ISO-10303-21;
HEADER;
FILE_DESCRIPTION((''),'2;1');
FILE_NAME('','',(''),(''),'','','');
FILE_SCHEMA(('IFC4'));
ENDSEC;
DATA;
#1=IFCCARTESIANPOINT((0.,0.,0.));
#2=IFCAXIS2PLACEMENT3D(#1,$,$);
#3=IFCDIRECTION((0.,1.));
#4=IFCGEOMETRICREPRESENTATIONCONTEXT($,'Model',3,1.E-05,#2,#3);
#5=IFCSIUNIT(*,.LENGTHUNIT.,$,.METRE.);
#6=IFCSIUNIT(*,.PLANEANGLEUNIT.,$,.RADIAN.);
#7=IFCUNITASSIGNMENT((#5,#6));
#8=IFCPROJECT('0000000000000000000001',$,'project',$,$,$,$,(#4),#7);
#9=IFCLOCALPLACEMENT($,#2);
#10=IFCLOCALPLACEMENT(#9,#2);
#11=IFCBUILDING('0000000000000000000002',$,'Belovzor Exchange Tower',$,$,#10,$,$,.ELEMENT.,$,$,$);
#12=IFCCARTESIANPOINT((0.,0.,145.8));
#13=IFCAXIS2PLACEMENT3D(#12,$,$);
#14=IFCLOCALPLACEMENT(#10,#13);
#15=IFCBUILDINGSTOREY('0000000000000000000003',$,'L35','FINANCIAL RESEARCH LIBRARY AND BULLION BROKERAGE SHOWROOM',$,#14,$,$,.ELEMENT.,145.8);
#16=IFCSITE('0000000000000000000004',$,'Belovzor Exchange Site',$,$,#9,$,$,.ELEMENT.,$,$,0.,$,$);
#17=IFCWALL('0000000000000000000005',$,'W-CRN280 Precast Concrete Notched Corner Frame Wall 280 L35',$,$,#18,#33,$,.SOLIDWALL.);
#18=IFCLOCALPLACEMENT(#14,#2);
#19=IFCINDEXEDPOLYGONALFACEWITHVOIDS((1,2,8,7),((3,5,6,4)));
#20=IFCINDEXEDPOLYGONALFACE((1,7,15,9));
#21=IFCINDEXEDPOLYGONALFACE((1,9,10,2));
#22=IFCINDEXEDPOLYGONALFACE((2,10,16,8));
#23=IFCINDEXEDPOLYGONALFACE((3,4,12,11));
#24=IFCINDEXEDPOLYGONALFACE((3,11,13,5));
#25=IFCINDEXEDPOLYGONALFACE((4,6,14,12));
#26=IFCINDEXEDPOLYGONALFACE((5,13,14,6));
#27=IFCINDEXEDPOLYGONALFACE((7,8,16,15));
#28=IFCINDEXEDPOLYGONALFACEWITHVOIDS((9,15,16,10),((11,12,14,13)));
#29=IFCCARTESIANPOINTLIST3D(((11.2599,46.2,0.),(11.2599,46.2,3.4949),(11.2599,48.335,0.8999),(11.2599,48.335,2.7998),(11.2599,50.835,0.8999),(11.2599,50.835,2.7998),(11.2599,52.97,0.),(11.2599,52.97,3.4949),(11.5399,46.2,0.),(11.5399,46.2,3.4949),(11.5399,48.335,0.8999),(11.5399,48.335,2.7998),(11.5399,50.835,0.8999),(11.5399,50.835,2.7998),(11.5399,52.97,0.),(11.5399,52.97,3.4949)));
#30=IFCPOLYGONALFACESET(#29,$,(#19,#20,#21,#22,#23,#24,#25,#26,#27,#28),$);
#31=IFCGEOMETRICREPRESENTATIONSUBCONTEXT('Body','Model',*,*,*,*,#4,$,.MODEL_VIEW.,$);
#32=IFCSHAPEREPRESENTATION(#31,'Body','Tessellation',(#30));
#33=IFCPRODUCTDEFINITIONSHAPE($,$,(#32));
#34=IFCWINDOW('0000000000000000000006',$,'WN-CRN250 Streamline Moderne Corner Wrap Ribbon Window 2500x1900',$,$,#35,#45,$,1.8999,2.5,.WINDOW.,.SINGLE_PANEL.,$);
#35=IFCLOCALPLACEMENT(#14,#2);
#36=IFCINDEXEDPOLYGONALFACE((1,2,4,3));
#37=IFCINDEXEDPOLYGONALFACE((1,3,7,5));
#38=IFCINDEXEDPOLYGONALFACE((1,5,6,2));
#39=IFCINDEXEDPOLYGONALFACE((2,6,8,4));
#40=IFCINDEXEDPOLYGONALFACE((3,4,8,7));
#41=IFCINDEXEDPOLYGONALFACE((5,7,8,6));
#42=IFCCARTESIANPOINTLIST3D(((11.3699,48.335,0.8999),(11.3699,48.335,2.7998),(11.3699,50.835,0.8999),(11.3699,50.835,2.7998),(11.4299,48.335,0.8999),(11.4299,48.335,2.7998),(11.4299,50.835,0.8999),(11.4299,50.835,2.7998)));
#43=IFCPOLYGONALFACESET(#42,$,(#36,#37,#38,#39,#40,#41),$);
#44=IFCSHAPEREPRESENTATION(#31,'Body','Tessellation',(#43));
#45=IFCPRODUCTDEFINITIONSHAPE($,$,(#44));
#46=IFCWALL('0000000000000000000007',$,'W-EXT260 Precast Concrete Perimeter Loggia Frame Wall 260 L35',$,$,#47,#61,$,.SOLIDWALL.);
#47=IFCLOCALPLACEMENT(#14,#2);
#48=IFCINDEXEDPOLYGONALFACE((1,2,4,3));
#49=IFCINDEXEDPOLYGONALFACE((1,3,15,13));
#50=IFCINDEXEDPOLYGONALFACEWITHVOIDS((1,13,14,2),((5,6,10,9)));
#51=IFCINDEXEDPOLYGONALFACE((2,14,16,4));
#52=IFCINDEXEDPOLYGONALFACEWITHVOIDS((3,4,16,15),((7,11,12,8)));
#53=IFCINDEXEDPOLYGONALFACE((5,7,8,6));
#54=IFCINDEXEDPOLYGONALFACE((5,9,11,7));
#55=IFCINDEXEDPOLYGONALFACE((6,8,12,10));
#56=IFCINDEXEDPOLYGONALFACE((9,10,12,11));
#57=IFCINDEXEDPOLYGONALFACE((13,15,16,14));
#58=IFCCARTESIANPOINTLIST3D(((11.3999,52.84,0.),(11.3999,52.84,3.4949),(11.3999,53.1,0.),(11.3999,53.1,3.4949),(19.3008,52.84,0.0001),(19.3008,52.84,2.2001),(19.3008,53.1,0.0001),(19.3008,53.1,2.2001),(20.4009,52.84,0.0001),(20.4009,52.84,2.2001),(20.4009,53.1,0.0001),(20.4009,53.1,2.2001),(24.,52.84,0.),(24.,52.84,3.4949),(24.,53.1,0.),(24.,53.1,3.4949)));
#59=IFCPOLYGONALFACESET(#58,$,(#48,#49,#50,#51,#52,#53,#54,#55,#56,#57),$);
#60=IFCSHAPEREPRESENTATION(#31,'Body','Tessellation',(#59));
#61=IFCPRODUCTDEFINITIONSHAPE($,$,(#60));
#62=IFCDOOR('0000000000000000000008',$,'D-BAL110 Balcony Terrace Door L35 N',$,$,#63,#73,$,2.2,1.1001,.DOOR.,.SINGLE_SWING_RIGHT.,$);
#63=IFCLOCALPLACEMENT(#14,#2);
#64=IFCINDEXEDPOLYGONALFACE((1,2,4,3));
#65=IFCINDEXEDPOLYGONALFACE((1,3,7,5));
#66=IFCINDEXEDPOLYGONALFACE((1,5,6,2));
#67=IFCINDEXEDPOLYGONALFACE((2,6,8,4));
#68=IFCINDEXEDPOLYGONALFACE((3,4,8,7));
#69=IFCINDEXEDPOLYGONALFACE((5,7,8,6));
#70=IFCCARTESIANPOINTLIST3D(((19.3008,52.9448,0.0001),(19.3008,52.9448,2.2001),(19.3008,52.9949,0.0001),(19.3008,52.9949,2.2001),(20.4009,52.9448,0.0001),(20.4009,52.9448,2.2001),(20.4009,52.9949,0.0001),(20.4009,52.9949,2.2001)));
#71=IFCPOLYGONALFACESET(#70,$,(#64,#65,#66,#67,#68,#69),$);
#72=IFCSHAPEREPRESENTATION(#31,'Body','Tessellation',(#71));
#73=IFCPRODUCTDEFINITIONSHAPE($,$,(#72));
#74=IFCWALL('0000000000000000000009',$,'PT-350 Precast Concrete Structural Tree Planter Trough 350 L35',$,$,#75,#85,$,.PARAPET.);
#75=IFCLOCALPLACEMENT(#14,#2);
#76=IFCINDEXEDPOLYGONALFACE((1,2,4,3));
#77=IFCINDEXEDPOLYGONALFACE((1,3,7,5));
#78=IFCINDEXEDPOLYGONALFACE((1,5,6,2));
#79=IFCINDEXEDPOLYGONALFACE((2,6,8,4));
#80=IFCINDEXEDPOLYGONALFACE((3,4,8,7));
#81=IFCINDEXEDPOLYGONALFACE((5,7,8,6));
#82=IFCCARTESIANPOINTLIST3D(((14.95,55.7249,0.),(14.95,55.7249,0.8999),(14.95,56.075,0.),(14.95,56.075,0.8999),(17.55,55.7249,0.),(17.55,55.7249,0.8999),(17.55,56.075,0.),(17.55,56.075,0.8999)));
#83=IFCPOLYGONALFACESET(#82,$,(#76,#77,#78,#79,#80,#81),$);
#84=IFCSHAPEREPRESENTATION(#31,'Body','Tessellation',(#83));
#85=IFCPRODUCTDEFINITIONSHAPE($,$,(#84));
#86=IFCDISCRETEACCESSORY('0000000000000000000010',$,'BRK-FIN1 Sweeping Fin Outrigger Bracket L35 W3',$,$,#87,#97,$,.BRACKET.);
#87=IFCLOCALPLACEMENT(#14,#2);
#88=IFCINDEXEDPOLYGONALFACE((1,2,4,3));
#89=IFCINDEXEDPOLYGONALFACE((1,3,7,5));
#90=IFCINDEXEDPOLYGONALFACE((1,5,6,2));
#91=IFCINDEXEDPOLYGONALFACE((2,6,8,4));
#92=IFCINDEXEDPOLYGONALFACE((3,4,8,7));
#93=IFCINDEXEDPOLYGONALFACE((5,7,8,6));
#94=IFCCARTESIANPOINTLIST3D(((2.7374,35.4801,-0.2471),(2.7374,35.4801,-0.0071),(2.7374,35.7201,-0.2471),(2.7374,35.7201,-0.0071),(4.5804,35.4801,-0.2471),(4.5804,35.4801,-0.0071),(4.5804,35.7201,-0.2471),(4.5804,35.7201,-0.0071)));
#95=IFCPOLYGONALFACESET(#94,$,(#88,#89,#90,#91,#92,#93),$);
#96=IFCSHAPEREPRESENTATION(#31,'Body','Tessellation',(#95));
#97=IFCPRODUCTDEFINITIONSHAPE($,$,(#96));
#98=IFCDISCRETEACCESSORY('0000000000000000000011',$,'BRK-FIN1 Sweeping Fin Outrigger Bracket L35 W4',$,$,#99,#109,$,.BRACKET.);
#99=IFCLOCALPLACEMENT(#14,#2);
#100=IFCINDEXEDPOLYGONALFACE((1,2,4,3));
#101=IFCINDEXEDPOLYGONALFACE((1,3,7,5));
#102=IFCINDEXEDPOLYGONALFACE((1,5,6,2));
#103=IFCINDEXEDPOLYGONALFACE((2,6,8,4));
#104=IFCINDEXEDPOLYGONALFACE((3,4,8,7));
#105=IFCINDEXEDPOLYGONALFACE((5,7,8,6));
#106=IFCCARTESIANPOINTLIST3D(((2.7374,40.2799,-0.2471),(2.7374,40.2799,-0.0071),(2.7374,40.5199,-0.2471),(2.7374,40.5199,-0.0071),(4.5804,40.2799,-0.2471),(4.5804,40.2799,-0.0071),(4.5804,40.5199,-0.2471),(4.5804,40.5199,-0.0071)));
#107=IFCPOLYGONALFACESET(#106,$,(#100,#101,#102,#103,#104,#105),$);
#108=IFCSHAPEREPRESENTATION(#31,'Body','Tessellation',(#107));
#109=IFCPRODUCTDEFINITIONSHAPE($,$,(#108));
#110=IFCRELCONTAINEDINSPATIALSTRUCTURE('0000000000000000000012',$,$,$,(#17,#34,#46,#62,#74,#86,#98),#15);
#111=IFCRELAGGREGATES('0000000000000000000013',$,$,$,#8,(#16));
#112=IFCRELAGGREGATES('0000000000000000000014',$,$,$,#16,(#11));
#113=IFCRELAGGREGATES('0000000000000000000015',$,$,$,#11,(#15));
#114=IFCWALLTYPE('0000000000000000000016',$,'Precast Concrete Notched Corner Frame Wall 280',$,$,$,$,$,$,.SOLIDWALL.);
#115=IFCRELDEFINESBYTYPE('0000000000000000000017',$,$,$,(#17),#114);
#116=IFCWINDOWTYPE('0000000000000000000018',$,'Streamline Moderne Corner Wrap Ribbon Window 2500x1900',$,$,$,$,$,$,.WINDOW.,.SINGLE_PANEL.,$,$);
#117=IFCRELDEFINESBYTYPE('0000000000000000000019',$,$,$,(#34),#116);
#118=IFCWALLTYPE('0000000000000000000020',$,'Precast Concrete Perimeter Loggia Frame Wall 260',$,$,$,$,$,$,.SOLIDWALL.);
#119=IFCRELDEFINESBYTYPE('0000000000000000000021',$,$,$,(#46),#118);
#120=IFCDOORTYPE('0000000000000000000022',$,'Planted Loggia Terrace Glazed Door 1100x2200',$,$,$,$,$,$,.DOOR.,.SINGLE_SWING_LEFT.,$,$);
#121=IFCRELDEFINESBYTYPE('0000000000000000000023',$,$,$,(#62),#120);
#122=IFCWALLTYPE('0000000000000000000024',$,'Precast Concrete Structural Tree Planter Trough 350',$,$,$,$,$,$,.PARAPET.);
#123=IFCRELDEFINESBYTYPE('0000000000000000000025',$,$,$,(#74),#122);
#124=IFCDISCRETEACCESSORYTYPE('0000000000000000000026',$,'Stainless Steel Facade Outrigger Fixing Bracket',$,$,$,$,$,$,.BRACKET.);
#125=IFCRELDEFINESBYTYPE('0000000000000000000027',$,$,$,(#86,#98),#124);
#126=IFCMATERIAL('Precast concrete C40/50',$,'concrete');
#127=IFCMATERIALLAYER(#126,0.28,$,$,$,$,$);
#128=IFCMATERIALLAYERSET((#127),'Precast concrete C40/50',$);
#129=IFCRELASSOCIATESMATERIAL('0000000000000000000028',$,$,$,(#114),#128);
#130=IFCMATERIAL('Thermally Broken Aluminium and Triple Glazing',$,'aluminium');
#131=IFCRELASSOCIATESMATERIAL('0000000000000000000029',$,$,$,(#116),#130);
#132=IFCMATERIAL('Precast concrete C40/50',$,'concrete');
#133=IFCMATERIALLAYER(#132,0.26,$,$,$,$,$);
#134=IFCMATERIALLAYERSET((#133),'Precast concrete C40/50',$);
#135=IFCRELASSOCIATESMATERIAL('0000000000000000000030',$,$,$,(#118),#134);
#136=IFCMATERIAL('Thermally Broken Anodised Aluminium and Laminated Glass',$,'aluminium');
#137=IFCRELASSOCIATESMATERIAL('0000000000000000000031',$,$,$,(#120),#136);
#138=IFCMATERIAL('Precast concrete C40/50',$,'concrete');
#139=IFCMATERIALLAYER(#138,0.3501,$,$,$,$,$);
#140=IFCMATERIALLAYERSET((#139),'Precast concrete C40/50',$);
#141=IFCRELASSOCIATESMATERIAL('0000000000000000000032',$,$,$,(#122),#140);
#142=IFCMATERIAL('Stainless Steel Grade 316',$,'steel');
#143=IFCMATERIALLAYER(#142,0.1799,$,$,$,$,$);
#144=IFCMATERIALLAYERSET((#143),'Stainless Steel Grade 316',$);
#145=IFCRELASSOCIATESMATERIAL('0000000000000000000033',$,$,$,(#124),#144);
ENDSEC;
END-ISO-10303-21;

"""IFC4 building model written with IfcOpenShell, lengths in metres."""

from ifc_helpers import new_model, si_unit, direction, frame, frame_2d, origin, origin_2d, place, context, subcontext, project, spatial, rectangle, extrude, material, layer, layer_set, type_object, element, fill, save


model = new_model("IFC4")

# Units and contexts
model_context = context("Model", 3, precision=1e-05, world=origin(), true_north=direction((0.0, 1.0)))
body_context = subcontext(model_context, "Body", "Model", "MODEL_VIEW")
ifc_project = project(units=[si_unit("LENGTHUNIT", "METRE"), si_unit("PLANEANGLEUNIT", "RADIAN")], contexts=[model_context])

# Site, building, storey
site_placement = place(None, origin())
site = spatial("IfcSite", under=ifc_project, at=site_placement, Name="Belovzor Exchange Site", CompositionType="ELEMENT", RefElevation=0.0)
building_placement = place(site_placement, origin())
building = spatial("IfcBuilding", under=site, at=building_placement, Name="Belovzor Exchange Tower", CompositionType="ELEMENT")
storey_placement = place(building_placement, frame((0.0, 0.0, 145.8)))
storey = spatial("IfcBuildingStorey", under=building, at=storey_placement, Name="L35", Description="FINANCIAL RESEARCH LIBRARY AND BULLION BROKERAGE SHOWROOM", CompositionType="ELEMENT", Elevation=145.8)

# Wall, opening, window
ifc_material_1 = material(Name="Precast concrete C40/50", Category="concrete")
ifc_layer_1 = layer(ifc_material_1, 0.28)
ifc_layer_set_1 = layer_set([ifc_layer_1], Name="Precast concrete C40/50")
wall_type_1 = type_object("IfcWallType", Name="Precast Concrete Notched Corner Frame Wall 280", PredefinedType="SOLIDWALL", material=ifc_layer_set_1)
ifc_material_2 = material(Name="Thermally Broken Aluminium and Triple Glazing", Category="aluminium")
window_type = type_object("IfcWindowType", Name="Streamline Moderne Corner Wrap Ribbon Window 2500x1900", PartitioningType="SINGLE_PANEL", PredefinedType="WINDOW", material=ifc_material_2)
wall_1_placement = place(storey_placement, frame((11.3999, 46.2, 0.0), z_axis=(0.0, 0.0, 1.0), x_axis=(0.0, 1.0, 0.0)))
wall_1 = element("IfcWall", 1, at=wall_1_placement, inside=storey, type_object=wall_type_1, Name="W-CRN280 Precast Concrete Notched Corner Frame Wall 280 L35", PredefinedType="SOLIDWALL", context=body_context, shape_type="SweptSolid", body=[
    extrude(rectangle(XDim=6.77, YDim=0.28, at=frame_2d((3.385, 0.0))), origin(), (0.0, 0.0, 1.0), 3.4949),
])
opening_1_placement = place(wall_1_placement, frame((2.135, 0.0, 0.8999)))
opening_1 = element("IfcOpeningElement", 2, at=opening_1_placement, cuts=wall_1, PredefinedType="OPENING", context=body_context, shape_type="SweptSolid", body=[
    extrude(rectangle(XDim=2.5, YDim=1.8999, at=frame_2d((1.25, 0.95))), frame((0.0, 0.1499, 0.0), z_axis=(0.0, -1.0, 0.0), x_axis=(1.0, 0.0, 0.0)), (0.0, 0.0, 1.0), 0.3),
])
window_1_placement = place(opening_1_placement, origin())
window_1 = element("IfcWindow", 3, at=window_1_placement, inside=storey, type_object=window_type, Name="WN-CRN250 Streamline Moderne Corner Wrap Ribbon Window 2500x1900", OverallHeight=1.8999, OverallWidth=2.5, PartitioningType="SINGLE_PANEL", PredefinedType="WINDOW", context=body_context, shape_type="SweptSolid", body=[
    extrude(rectangle(XDim=2.5, YDim=1.8999, at=frame_2d((1.25, 0.95))), frame((0.0, 0.03, 0.0), z_axis=(0.0, -1.0, 0.0), x_axis=(1.0, 0.0, 0.0)), (0.0, 0.0, 1.0), 0.0601),
])
fill(opening_1, window_1)

# Wall, opening, door
ifc_material_3 = material(Name="Precast concrete C40/50", Category="concrete")
ifc_layer_2 = layer(ifc_material_3, 0.26)
ifc_layer_set_2 = layer_set([ifc_layer_2], Name="Precast concrete C40/50")
wall_type_2 = type_object("IfcWallType", Name="Precast Concrete Perimeter Loggia Frame Wall 260", PredefinedType="SOLIDWALL", material=ifc_layer_set_2)
wall_2_placement = place(storey_placement, frame((11.3999, 52.97, 0.0), z_axis=(0.0, 0.0, 1.0), x_axis=(1.0, 0.0, 0.0)))
wall_2 = element("IfcWall", 4, at=wall_2_placement, inside=storey, type_object=wall_type_2, Name="W-EXT260 Precast Concrete Perimeter Loggia Frame Wall 260 L35", PredefinedType="SOLIDWALL", context=body_context, shape_type="SweptSolid", body=[
    extrude(rectangle(XDim=12.6001, YDim=0.26, at=frame_2d((6.3, 0.0))), origin(), (0.0, 0.0, 1.0), 3.4949),
])
opening_2_placement = place(wall_2_placement, frame((7.9009, 0.0, 0.0)))
opening_2 = element("IfcOpeningElement", 5, at=opening_2_placement, cuts=wall_2, PredefinedType="OPENING", context=body_context, shape_type="SweptSolid", body=[
    extrude(rectangle(XDim=1.1001, YDim=2.2, at=frame_2d((0.55, 1.1001))), frame((0.0, 0.1399, 0.0), z_axis=(0.0, -1.0, 0.0), x_axis=(1.0, 0.0, 0.0)), (0.0, 0.0, 1.0), 0.28),
])
ifc_material_4 = material(Name="Thermally Broken Anodised Aluminium and Laminated Glass", Category="aluminium")
door_type_1 = type_object("IfcDoorType", Name="Planted Loggia Terrace Glazed Door 1100x2200", OperationType="SINGLE_SWING_LEFT", PredefinedType="DOOR", material=ifc_material_4)
door_1_placement = place(opening_2_placement, origin())
door_1 = element("IfcDoor", 6, at=door_1_placement, inside=storey, type_object=door_type_1, Name="D-BAL110 Balcony Terrace Door L35 N", OperationType="SINGLE_SWING_RIGHT", OverallHeight=2.2, OverallWidth=1.1001, PredefinedType="DOOR", context=body_context, shape_type="SweptSolid", body=[
    extrude(rectangle(XDim=1.1001, YDim=2.2, at=frame_2d((0.55, 1.1001))), frame((0.0, 0.0249, 0.0), z_axis=(0.0, -1.0, 0.0), x_axis=(1.0, 0.0, 0.0)), (0.0, 0.0, 1.0), 0.05),
])
fill(opening_2, door_1)

# Wall
ifc_material_5 = material(Name="Precast concrete C40/50", Category="concrete")
ifc_layer_3 = layer(ifc_material_5, 0.3501)
ifc_layer_set_3 = layer_set([ifc_layer_3], Name="Precast concrete C40/50")
wall_type_3 = type_object("IfcWallType", Name="Precast Concrete Structural Tree Planter Trough 350", PredefinedType="PARAPET", material=ifc_layer_set_3)
wall_3_placement = place(storey_placement, frame((14.95, 55.8999, 0.0), z_axis=(0.0, 0.0, 1.0), x_axis=(1.0, 0.0, 0.0)))
element("IfcWall", 7, at=wall_3_placement, inside=storey, type_object=wall_type_3, Name="PT-350 Precast Concrete Structural Tree Planter Trough 350 L35", PredefinedType="PARAPET", context=body_context, shape_type="SweptSolid", body=[
    extrude(rectangle(XDim=2.6001, YDim=0.3501, at=frame_2d((1.3, 0.0))), origin(), (0.0, 0.0, 1.0), 0.8999),
])

# Discrete accessories
ifc_material_6 = material(Name="Stainless Steel Grade 316", Category="steel")
ifc_layer_4 = layer(ifc_material_6, 0.1799)
ifc_layer_set_4 = layer_set([ifc_layer_4], Name="Stainless Steel Grade 316")
discrete_accessory_type = type_object("IfcDiscreteAccessoryType", Name="Stainless Steel Facade Outrigger Fixing Bracket", PredefinedType="BRACKET", material=ifc_layer_set_4)
for number, where, z_axis, x_axis, name in (
    (8, (3.6589, 35.6001, -0.2471), (0.0, 0.0, 1.0), (1.0, 0.0, 0.0), "BRK-FIN1 Sweeping Fin Outrigger Bracket L35 W3"),
    (9, (3.6589, 40.3999, -0.2471), (0.0, 0.0, 1.0), (1.0, 0.0, 0.0), "BRK-FIN1 Sweeping Fin Outrigger Bracket L35 W4"),
):
    element("IfcDiscreteAccessory", number, at=place(storey_placement, frame(where, z_axis=z_axis, x_axis=x_axis)), inside=storey, type_object=discrete_accessory_type, Name=name, PredefinedType="BRACKET", context=body_context, shape_type="SweptSolid", body=[
        extrude(rectangle(XDim=1.843, YDim=0.24, at=origin_2d()), origin(), (0.0, 0.0, 1.0), 0.24),
    ])

save(model, "model.ifc")
